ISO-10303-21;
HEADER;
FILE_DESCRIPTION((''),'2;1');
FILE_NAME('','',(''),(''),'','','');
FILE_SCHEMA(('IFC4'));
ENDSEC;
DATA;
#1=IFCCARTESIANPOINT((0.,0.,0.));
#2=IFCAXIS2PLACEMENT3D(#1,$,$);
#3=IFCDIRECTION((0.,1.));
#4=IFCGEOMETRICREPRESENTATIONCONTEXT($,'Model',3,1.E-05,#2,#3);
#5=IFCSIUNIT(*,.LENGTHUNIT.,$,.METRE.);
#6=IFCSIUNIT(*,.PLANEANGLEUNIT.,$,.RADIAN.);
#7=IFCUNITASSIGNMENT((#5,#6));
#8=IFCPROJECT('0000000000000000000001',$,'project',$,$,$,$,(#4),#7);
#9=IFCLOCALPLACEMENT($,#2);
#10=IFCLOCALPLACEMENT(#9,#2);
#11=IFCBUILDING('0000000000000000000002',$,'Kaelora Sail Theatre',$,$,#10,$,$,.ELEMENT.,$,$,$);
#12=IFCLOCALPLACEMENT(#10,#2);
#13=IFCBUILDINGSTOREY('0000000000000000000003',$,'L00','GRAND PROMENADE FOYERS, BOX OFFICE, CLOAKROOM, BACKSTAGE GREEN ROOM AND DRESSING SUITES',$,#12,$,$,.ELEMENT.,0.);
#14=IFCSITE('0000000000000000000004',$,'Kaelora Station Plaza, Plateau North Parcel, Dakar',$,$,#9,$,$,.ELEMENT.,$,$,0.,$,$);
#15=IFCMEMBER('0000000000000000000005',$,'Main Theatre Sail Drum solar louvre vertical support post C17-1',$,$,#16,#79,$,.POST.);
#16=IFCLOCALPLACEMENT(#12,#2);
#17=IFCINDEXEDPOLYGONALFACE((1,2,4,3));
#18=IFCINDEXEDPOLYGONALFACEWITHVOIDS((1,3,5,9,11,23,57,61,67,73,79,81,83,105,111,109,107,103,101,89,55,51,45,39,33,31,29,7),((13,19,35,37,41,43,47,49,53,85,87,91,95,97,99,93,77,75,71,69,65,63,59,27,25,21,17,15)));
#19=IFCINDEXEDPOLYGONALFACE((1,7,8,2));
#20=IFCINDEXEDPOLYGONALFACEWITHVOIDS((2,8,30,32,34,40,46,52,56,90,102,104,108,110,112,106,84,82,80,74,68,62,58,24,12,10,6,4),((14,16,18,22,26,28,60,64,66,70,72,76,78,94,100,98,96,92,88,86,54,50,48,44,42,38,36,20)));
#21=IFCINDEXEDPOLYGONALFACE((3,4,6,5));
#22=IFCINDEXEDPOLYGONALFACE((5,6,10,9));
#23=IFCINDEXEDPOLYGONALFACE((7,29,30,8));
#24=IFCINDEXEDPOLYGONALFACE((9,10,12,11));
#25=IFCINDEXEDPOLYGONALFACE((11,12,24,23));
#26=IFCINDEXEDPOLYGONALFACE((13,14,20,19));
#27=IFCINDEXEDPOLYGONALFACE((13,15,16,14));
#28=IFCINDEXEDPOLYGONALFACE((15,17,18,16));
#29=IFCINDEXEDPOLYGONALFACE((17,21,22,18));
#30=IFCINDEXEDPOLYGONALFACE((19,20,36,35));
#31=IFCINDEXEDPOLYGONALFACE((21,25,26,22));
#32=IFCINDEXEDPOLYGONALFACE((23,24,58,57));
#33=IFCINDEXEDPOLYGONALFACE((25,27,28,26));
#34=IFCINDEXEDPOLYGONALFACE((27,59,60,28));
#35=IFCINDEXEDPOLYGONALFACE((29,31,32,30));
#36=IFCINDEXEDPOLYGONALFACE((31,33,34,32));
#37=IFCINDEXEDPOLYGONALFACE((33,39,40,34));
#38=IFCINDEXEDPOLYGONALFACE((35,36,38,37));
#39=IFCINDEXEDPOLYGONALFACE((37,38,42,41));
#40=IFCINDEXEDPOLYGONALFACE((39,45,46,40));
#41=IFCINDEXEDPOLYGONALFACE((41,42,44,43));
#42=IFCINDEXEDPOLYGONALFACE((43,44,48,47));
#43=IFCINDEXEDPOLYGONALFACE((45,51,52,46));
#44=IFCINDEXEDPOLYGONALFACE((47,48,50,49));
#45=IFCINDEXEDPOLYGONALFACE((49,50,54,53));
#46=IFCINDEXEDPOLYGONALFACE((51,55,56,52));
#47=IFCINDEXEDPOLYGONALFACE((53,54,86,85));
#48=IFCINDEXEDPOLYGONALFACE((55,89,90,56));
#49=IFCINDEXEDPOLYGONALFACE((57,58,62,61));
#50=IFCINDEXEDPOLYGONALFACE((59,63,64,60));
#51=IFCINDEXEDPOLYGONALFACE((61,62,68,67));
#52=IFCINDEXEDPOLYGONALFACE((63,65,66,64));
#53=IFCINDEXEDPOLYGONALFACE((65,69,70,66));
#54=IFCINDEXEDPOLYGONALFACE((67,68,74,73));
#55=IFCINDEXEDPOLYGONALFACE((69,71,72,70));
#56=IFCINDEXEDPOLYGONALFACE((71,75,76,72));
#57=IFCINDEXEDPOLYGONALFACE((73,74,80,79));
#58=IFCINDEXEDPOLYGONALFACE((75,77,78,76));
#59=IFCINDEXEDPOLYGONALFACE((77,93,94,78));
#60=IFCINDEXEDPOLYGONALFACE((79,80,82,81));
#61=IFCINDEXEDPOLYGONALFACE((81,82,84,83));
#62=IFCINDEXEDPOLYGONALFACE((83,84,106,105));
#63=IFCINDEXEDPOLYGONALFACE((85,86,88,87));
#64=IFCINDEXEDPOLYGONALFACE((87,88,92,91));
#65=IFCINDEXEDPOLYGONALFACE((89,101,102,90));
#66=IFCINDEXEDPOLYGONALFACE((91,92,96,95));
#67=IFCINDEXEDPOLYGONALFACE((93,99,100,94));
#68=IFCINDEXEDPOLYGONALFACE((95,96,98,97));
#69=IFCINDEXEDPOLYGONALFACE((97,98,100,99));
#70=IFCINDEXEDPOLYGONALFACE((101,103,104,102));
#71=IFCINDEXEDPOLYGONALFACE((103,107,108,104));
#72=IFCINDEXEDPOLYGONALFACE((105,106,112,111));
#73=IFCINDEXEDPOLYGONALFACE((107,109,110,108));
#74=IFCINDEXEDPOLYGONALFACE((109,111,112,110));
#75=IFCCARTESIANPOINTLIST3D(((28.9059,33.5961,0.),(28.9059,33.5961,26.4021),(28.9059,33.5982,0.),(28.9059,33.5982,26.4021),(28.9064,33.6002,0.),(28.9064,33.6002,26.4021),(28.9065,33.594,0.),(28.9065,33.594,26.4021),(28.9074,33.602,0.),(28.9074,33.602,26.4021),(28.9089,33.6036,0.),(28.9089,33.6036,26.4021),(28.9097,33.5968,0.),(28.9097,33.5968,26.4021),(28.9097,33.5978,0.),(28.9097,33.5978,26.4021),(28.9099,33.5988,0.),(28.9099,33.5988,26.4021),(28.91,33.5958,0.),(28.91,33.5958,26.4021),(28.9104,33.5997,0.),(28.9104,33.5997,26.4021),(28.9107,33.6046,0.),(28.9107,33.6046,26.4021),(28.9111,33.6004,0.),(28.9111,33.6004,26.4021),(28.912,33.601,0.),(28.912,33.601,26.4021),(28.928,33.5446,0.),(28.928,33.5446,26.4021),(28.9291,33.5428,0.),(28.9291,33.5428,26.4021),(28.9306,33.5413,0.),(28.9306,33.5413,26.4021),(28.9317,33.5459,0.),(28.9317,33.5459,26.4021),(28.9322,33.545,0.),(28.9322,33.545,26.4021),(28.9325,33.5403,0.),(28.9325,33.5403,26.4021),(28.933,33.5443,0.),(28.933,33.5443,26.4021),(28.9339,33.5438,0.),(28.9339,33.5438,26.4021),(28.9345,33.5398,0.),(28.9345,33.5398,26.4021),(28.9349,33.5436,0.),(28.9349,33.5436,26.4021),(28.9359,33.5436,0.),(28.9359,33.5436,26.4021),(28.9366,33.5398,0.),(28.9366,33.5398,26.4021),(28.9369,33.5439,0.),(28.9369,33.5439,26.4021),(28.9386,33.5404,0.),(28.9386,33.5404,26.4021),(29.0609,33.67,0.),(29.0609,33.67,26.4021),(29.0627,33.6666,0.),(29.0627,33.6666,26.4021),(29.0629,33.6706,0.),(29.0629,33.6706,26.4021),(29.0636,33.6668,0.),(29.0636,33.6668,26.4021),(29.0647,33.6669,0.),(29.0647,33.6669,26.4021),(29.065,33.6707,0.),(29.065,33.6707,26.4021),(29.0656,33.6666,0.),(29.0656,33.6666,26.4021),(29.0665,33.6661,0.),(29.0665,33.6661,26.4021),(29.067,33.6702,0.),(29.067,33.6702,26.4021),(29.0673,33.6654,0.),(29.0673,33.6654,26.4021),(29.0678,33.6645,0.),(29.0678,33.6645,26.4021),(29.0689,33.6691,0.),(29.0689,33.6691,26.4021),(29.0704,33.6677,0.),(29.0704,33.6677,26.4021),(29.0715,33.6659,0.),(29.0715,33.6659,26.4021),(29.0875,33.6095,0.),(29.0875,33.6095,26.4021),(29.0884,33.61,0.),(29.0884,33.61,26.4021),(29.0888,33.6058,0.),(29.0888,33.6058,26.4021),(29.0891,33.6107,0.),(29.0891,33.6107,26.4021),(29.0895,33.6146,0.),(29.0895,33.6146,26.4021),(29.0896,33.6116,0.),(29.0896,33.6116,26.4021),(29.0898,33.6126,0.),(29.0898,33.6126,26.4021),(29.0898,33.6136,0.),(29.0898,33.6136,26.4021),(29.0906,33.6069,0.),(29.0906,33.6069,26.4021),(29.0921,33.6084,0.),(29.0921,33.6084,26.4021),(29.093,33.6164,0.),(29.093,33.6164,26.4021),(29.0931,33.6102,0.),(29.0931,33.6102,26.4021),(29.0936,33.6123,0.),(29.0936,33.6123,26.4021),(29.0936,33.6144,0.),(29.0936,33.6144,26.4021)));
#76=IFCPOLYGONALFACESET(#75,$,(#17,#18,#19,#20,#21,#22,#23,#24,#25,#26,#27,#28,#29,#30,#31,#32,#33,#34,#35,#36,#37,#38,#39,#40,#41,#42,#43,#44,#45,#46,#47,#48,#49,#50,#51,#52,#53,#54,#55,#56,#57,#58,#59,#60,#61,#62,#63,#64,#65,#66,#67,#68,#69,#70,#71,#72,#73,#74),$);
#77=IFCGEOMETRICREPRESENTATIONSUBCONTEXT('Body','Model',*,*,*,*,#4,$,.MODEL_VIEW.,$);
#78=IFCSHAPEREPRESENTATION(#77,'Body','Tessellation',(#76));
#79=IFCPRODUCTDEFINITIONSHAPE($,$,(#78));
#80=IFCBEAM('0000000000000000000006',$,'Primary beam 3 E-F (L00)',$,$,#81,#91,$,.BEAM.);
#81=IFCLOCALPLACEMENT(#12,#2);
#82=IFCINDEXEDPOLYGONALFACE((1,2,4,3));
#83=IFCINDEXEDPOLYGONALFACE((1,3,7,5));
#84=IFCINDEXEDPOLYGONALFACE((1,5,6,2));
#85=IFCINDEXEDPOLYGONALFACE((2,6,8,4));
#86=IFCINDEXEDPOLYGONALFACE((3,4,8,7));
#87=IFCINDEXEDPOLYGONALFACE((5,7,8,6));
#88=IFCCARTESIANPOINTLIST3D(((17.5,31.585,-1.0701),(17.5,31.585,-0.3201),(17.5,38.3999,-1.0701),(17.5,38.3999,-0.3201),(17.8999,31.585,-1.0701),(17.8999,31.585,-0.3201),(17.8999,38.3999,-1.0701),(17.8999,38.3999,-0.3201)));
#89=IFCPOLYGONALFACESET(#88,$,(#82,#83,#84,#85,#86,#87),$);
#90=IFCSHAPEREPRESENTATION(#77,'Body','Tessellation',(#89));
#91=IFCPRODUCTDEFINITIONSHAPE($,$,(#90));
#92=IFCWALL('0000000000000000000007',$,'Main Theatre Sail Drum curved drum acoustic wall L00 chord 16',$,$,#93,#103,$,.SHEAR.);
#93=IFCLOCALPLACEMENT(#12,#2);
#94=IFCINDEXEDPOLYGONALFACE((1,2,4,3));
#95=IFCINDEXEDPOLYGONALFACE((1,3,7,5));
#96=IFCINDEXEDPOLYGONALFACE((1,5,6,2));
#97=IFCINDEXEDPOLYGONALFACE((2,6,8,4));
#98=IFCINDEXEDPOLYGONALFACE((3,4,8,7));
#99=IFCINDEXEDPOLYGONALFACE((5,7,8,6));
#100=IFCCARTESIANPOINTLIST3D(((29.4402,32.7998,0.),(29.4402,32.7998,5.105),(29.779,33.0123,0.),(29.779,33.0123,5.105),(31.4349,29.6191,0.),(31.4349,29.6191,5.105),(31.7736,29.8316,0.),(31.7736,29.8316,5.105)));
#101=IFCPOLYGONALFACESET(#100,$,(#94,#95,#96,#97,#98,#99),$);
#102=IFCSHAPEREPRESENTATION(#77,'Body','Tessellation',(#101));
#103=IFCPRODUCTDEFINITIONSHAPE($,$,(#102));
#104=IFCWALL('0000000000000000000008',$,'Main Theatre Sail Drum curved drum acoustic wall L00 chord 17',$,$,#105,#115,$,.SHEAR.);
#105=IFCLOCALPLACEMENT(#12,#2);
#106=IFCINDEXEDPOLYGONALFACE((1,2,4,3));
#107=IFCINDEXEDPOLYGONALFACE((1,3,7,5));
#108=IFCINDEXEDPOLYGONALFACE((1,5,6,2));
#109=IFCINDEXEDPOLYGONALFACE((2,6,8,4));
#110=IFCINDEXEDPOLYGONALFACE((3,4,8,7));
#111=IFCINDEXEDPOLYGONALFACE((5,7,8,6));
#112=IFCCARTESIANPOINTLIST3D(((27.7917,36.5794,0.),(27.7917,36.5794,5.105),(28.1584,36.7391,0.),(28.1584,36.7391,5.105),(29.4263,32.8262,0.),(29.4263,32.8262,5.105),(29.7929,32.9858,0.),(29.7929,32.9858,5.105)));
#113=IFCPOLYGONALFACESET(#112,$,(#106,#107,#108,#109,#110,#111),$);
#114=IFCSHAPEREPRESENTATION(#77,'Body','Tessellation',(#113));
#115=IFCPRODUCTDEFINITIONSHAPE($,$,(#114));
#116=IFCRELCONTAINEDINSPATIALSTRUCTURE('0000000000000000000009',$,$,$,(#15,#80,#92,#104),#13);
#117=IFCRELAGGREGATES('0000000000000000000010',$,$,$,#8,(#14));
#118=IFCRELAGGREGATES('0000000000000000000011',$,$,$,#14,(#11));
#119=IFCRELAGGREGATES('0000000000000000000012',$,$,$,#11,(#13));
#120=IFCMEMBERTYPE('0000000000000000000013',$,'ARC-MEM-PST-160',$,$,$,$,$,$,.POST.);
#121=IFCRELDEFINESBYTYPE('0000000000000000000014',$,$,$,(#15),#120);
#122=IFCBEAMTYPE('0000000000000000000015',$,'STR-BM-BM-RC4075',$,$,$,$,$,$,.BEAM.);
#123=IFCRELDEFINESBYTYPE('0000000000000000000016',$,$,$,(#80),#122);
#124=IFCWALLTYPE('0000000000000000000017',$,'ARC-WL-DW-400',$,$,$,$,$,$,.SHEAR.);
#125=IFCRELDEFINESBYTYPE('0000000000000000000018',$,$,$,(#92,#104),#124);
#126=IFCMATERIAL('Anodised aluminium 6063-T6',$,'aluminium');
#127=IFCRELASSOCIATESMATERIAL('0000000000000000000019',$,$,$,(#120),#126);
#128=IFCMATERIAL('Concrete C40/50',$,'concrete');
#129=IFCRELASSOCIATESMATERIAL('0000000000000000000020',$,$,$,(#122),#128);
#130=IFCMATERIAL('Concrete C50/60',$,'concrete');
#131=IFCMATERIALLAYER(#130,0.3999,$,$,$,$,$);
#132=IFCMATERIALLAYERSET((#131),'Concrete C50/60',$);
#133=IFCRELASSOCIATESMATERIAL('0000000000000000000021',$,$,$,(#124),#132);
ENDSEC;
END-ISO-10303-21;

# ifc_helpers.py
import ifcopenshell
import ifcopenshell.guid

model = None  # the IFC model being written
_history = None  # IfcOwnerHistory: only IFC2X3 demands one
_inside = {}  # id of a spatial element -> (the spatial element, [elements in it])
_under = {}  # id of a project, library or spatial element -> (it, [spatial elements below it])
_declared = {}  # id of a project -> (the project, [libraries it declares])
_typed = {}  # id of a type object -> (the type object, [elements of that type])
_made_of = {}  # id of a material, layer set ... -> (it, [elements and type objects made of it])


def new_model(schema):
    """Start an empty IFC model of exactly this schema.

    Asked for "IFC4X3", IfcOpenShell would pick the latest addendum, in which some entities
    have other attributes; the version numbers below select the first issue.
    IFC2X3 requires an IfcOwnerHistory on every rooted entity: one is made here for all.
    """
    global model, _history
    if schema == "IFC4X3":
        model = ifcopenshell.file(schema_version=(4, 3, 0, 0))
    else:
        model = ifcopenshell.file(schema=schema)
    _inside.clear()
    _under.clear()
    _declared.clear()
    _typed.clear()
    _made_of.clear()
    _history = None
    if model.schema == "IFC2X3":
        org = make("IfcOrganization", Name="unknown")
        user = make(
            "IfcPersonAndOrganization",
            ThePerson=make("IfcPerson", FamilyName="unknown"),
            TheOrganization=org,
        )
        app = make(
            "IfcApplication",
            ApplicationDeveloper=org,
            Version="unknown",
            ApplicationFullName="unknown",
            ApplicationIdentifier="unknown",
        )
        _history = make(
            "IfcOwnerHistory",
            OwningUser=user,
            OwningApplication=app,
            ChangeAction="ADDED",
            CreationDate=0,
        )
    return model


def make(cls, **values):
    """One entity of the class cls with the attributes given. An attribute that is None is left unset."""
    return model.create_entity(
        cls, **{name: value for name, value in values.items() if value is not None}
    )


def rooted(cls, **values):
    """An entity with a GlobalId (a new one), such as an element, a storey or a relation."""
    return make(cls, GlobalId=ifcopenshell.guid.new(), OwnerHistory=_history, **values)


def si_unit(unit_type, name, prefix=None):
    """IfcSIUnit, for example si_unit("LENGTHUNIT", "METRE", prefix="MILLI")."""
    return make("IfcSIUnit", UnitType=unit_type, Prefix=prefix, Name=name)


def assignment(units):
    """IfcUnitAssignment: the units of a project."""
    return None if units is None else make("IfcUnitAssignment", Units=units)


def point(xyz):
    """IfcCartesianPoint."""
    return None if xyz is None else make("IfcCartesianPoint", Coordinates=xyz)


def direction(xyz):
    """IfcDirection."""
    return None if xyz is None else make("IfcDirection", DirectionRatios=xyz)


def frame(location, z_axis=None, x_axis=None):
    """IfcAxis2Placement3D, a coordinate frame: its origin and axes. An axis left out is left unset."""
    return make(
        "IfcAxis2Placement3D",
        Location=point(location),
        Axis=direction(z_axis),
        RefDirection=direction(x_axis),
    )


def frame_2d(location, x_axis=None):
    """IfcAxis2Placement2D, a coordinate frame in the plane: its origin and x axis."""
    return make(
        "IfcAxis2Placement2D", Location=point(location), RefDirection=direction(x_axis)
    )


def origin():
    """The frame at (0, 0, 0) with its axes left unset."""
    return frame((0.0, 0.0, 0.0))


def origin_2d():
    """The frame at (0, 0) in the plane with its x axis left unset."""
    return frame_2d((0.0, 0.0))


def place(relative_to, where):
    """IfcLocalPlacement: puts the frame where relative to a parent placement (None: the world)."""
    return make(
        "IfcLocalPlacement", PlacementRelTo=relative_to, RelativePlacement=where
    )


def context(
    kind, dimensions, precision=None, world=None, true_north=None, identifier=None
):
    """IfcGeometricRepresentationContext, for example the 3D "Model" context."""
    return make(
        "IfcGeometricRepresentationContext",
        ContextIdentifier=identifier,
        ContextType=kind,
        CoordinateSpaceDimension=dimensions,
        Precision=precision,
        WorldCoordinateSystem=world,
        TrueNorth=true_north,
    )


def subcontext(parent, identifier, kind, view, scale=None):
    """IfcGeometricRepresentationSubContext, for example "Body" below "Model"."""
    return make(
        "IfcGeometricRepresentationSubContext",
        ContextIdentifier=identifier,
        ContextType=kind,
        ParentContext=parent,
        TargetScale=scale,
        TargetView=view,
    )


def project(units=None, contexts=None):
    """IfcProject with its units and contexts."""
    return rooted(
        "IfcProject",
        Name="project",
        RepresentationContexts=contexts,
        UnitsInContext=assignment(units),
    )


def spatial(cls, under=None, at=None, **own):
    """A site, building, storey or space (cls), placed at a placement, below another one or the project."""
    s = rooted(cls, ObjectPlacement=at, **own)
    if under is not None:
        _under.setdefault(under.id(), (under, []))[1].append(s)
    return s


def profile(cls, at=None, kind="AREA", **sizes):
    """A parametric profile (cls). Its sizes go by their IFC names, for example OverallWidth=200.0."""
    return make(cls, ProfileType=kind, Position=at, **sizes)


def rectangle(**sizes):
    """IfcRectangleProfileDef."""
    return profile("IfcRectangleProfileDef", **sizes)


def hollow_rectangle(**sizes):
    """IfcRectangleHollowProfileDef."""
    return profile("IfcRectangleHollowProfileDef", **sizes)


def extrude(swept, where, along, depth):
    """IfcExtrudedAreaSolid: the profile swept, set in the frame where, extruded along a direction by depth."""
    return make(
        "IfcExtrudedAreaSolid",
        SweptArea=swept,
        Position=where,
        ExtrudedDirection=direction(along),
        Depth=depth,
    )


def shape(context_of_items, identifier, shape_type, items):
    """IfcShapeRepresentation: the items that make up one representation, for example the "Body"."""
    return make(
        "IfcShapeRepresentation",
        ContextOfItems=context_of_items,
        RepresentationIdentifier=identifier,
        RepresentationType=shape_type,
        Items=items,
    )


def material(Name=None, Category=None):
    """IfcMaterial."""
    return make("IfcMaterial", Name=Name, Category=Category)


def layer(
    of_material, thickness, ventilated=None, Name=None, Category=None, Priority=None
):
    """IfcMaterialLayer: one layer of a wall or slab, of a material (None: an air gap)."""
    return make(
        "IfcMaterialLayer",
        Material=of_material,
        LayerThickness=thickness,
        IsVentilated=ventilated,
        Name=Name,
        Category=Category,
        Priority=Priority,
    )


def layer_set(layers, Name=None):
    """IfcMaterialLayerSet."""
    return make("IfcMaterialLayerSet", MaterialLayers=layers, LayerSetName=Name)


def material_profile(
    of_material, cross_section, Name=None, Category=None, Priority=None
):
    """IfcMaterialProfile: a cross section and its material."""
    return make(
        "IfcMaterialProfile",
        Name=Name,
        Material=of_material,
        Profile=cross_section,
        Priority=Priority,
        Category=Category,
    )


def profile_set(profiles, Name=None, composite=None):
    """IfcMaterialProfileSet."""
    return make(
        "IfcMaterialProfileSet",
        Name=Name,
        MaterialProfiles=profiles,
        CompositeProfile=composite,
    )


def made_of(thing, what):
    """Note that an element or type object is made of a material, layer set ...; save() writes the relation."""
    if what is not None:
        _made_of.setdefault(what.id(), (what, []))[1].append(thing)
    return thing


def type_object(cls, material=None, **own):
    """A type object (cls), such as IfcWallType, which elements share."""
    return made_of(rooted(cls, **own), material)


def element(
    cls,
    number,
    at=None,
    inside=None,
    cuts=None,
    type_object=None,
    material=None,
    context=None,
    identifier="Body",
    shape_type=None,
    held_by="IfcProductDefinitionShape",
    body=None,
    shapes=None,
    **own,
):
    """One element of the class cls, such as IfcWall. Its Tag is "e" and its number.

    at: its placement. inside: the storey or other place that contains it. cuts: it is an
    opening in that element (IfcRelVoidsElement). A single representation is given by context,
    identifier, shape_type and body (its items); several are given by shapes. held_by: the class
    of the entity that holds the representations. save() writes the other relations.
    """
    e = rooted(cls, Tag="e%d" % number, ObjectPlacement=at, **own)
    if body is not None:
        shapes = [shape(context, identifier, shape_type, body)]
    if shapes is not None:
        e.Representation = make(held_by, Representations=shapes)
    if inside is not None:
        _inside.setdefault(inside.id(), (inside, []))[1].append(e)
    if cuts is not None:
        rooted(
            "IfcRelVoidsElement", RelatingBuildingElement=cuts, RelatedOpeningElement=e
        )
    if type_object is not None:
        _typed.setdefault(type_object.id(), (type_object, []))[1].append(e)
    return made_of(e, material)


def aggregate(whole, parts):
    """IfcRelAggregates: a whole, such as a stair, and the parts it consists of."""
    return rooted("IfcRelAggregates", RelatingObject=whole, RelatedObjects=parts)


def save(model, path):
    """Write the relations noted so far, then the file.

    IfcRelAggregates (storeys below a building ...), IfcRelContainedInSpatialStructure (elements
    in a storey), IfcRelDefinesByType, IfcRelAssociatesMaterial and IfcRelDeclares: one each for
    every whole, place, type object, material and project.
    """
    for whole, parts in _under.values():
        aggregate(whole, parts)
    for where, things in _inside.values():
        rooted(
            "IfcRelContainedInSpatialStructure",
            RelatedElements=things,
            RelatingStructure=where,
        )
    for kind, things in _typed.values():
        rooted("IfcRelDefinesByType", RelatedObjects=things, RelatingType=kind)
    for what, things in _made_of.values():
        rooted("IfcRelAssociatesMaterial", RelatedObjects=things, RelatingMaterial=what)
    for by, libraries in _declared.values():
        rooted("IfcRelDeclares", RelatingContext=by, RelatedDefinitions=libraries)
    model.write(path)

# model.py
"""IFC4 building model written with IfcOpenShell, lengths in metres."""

from ifc_helpers import new_model, si_unit, direction, frame, frame_2d, origin, origin_2d, place, context, subcontext, project, spatial, rectangle, hollow_rectangle, extrude, material, layer, layer_set, material_profile, profile_set, type_object, element, save


model = new_model("IFC4")

# Units and contexts
model_context = context("Model", 3, precision=1e-05, world=origin(), true_north=direction((0.0, 1.0)))
body_context = subcontext(model_context, "Body", "Model", "MODEL_VIEW")
ifc_project = project(units=[si_unit("LENGTHUNIT", "METRE"), si_unit("PLANEANGLEUNIT", "RADIAN")], contexts=[model_context])

# Site, building, storey
site_placement = place(None, origin())
site = spatial("IfcSite", under=ifc_project, at=site_placement, Name="Kaelora Station Plaza, Plateau North Parcel, Dakar", CompositionType="ELEMENT", RefElevation=0.0)
building_placement = place(site_placement, origin())
building = spatial("IfcBuilding", under=site, at=building_placement, Name="Kaelora Sail Theatre", CompositionType="ELEMENT")
storey_placement = place(building_placement, origin())
storey = spatial("IfcBuildingStorey", under=building, at=storey_placement, Name="L00", Description="GRAND PROMENADE FOYERS, BOX OFFICE, CLOAKROOM, BACKSTAGE GREEN ROOM AND DRESSING SUITES", CompositionType="ELEMENT", Elevation=0.0)

# Member
ifc_material_1 = material(Name="Anodised aluminium 6063-T6", Category="aluminium")
ifc_material_profile_1 = material_profile(ifc_material_1, hollow_rectangle(XDim=0.0701, YDim=0.1799, WallThickness=0.0039, InnerFilletRadius=0.0039, OuterFilletRadius=0.0081, at=origin_2d()), Name="ALU-MULL 70x180x4")
ifc_profile_set_1 = profile_set([ifc_material_profile_1], Name="Anodised aluminium 6063-T6")
member_type_1 = type_object("IfcMemberType", Name="ARC-MEM-PST-160", PredefinedType="POST", material=ifc_profile_set_1)
member_placement = place(storey_placement, frame((28.9998, 33.6052, 0.0), z_axis=(0.0, 0.0, 1.0), x_axis=(-0.399229, 0.916851, 0.0)))
element("IfcMember", 1, at=member_placement, inside=storey, type_object=member_type_1, Name="Main Theatre Sail Drum solar louvre vertical support post C17-1", PredefinedType="POST", context=body_context, shape_type="SweptSolid", body=[
    extrude(hollow_rectangle(XDim=0.0701, YDim=0.1799, WallThickness=0.0039, InnerFilletRadius=0.0039, OuterFilletRadius=0.0081, at=origin_2d()), origin(), (0.0, 0.0, 1.0), 26.4021),
])

# Beam
ifc_material_2 = material(Name="Concrete C40/50", Category="concrete")
ifc_material_profile_2 = material_profile(ifc_material_2, rectangle(XDim=0.3999, YDim=0.75, at=origin_2d()), Name="RC-BM 400x750")
ifc_profile_set_2 = profile_set([ifc_material_profile_2], Name="Concrete C40/50")
beam_type = type_object("IfcBeamType", Name="STR-BM-BM-RC4075", PredefinedType="BEAM", material=ifc_profile_set_2)
beam_placement = place(storey_placement, frame((17.7, 31.585, -0.6951), z_axis=(0.0, 1.0, 0.0), x_axis=(-1.0, 0.0, 0.0)))
element("IfcBeam", 2, at=beam_placement, inside=storey, type_object=beam_type, Name="Primary beam 3 E-F (L00)", PredefinedType="BEAM", context=body_context, shape_type="SweptSolid", body=[
    extrude(rectangle(XDim=0.3999, YDim=0.75, at=origin_2d()), origin(), (0.0, 0.0, 1.0), 6.8149),
])

# Walls
ifc_material_3 = material(Name="Concrete C50/60", Category="concrete")
ifc_layer = layer(ifc_material_3, 0.3999)
ifc_layer_set = layer_set([ifc_layer], Name="Concrete C50/60")
wall_type = type_object("IfcWallType", Name="ARC-WL-DW-400", PredefinedType="SHEAR", material=ifc_layer_set)
wall_1_placement = place(storey_placement, frame((31.6042, 29.7253, 0.0), z_axis=(0.0, 0.0, 1.0), x_axis=(-0.531284, 0.847194, 0.0)))
element("IfcWall", 3, at=wall_1_placement, inside=storey, type_object=wall_type, Name="Main Theatre Sail Drum curved drum acoustic wall L00 chord 16", PredefinedType="SHEAR", context=body_context, shape_type="SweptSolid", body=[
    extrude(rectangle(XDim=3.7544, YDim=0.3999, at=frame_2d((1.8772, 0.0))), origin(), (0.0, 0.0, 1.0), 5.105),
])
wall_2_placement = place(storey_placement, frame((29.6096, 32.906, 0.0), z_axis=(0.0, 0.0, 1.0), x_axis=(-0.399282, 0.916828, 0.0)))
element("IfcWall", 4, at=wall_2_placement, inside=storey, type_object=wall_type, Name="Main Theatre Sail Drum curved drum acoustic wall L00 chord 17", PredefinedType="SHEAR", context=body_context, shape_type="SweptSolid", body=[
    extrude(rectangle(XDim=4.0938, YDim=0.3999, at=frame_2d((2.0469, 0.0))), origin(), (0.0, 0.0, 1.0), 5.105),
])

save(model, "model.ifc")
